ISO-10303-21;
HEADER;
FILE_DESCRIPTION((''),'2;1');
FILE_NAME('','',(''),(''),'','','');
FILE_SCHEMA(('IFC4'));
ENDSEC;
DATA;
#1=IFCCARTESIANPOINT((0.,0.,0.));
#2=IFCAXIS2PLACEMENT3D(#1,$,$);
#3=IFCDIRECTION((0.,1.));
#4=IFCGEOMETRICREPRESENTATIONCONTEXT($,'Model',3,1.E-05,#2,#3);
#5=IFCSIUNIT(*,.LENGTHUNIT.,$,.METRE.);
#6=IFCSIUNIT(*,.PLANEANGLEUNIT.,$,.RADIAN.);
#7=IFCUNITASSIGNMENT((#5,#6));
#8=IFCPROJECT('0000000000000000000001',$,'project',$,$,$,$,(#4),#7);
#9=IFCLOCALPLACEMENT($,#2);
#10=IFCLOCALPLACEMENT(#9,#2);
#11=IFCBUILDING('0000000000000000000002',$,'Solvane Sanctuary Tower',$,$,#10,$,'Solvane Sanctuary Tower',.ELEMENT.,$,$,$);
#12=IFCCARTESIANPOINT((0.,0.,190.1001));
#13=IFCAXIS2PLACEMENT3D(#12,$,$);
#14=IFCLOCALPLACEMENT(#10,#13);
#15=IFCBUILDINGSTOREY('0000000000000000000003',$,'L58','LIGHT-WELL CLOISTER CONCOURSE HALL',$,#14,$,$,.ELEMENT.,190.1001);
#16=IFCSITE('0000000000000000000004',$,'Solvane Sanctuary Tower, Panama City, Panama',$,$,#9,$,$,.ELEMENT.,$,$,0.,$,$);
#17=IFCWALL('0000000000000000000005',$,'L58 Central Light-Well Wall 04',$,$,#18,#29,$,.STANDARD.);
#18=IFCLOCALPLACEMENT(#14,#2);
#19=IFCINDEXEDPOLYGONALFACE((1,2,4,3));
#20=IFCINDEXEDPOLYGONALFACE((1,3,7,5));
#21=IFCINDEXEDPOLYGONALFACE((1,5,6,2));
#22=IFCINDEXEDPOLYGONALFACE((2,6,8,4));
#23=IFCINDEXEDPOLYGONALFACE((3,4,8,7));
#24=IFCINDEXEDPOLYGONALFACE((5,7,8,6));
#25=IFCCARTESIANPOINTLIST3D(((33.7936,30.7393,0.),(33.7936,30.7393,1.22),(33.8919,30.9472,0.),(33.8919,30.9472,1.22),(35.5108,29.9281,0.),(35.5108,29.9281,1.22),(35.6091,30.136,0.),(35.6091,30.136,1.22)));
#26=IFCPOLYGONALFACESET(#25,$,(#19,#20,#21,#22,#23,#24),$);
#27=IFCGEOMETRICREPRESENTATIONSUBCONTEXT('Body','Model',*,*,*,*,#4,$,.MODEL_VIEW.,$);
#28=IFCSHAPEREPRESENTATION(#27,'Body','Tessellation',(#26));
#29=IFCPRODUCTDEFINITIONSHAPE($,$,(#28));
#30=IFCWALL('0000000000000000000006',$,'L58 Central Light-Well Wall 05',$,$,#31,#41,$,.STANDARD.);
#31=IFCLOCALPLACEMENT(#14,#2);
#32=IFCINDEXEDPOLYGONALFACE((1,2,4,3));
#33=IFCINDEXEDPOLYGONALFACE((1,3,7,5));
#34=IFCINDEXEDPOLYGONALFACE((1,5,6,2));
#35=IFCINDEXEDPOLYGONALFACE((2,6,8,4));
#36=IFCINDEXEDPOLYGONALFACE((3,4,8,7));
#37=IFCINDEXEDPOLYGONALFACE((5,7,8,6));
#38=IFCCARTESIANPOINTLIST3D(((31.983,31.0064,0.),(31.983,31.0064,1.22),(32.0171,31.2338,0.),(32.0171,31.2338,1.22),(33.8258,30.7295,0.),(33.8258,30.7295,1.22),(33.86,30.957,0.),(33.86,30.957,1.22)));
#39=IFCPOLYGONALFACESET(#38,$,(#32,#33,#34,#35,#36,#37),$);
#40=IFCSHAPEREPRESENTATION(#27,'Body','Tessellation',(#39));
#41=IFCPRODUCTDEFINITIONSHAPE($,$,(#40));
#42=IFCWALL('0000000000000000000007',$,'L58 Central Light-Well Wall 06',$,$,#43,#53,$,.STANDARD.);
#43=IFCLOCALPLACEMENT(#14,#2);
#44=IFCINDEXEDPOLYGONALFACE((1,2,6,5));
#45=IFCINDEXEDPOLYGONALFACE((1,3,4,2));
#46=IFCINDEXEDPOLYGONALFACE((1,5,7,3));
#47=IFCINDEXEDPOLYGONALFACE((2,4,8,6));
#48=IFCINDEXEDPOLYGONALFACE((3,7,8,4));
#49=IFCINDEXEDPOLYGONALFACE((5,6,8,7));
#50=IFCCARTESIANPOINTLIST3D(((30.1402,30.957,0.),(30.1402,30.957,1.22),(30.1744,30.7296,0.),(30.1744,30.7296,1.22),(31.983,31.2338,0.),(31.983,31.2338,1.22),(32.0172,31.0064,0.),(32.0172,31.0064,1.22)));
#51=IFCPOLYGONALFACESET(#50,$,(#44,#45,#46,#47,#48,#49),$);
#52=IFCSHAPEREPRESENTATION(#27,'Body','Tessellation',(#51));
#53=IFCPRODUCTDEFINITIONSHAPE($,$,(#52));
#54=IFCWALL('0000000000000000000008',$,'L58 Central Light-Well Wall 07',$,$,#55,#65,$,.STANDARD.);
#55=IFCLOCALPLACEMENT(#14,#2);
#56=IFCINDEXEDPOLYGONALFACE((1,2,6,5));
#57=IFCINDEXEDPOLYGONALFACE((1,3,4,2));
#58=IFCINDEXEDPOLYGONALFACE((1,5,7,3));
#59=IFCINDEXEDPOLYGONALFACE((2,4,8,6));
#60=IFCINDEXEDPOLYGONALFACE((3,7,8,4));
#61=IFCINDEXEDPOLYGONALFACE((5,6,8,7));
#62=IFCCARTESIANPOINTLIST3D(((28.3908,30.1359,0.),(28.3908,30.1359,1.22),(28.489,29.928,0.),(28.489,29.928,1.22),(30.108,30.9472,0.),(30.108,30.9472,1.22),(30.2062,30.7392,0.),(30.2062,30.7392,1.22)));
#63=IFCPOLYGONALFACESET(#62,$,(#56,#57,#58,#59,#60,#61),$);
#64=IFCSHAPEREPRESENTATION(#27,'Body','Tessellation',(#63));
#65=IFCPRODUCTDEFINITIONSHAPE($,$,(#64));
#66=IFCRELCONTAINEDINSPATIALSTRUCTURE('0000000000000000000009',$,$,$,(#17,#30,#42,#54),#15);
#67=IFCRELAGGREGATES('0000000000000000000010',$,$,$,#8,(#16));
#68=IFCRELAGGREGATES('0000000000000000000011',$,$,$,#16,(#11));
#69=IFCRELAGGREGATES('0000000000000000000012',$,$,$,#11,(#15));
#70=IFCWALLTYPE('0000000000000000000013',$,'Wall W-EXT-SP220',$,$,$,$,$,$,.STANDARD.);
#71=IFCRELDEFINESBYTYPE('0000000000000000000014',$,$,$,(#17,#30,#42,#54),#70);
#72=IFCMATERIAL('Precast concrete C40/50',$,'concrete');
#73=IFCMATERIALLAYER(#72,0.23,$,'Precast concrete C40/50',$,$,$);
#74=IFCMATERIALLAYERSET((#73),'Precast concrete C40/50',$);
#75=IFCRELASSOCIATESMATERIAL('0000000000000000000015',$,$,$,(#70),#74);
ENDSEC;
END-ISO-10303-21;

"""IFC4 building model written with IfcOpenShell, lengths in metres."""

from ifc_helpers import new_model, si_unit, direction, frame, frame_2d, origin, place, context, subcontext, project, spatial, rectangle, extrude, material, layer, layer_set, type_object, element, save


model = new_model("IFC4")

# Units and contexts
model_context = context("Model", 3, precision=1e-05, world=origin(), true_north=direction((0.0, 1.0)))
body_context = subcontext(model_context, "Body", "Model", "MODEL_VIEW")
ifc_project = project(units=[si_unit("LENGTHUNIT", "METRE"), si_unit("PLANEANGLEUNIT", "RADIAN")], contexts=[model_context])

# Site, building, storey
site_placement = place(None, origin())
site = spatial("IfcSite", under=ifc_project, at=site_placement, Name="Solvane Sanctuary Tower, Panama City, Panama", CompositionType="ELEMENT", RefElevation=0.0)
building_placement = place(site_placement, origin())
building = spatial("IfcBuilding", under=site, at=building_placement, Name="Solvane Sanctuary Tower", LongName="Solvane Sanctuary Tower", CompositionType="ELEMENT")
storey_placement = place(building_placement, frame((0.0, 0.0, 190.1001)))
storey = spatial("IfcBuildingStorey", under=building, at=storey_placement, Name="L58", Description="LIGHT-WELL CLOISTER CONCOURSE HALL", CompositionType="ELEMENT", Elevation=190.1001)

# Walls
ifc_material_1 = material(Name="Precast concrete C40/50", Category="concrete")
ifc_layer = layer(ifc_material_1, 0.23, Name="Precast concrete C40/50")
ifc_layer_set = layer_set([ifc_layer], Name="Precast concrete C40/50")
wall_type = type_object("IfcWallType", Name="Wall W-EXT-SP220", PredefinedType="STANDARD", material=ifc_layer_set)
wall_1_placement = place(storey_placement, frame((35.5601, 30.032, 0.0), z_axis=(0.0, 0.0, 1.0), x_axis=(-0.90418, 0.427152, 0.0)))
element("IfcWall", 1, at=wall_1_placement, inside=storey, type_object=wall_type, Name="L58 Central Light-Well Wall 04", PredefinedType="STANDARD", context=body_context, shape_type="SweptSolid", body=[
    extrude(rectangle(XDim=1.8992, YDim=0.23, at=frame_2d((0.9497, 0.0))), origin(), (0.0, 0.0, 1.0), 1.22),
])
for number, where, z_axis, x_axis, name in (
    (2, (33.8428, 30.8433, 0.0), (0.0, 0.0, 1.0), (-0.988902, 0.148571, 0.0), "L58 Central Light-Well Wall 05"),
    (3, (32.0, 31.1201, 0.0), (0.0, 0.0, 1.0), (-0.988902, -0.148571, 0.0), "L58 Central Light-Well Wall 06"),
):
    element("IfcWall", number, at=place(storey_placement, frame(where, z_axis=z_axis, x_axis=x_axis)), inside=storey, type_object=wall_type, Name=name, PredefinedType="STANDARD", context=body_context, shape_type="SweptSolid", body=[
        extrude(rectangle(XDim=1.8635, YDim=0.23, at=frame_2d((0.9316, 0.0))), origin(), (0.0, 0.0, 1.0), 1.22),
    ])
wall_2_placement = place(storey_placement, frame((30.1572, 30.8433, 0.0), z_axis=(0.0, 0.0, 1.0), x_axis=(-0.90418, -0.427152, 0.0)))
element("IfcWall", 4, at=wall_2_placement, inside=storey, type_object=wall_type, Name="L58 Central Light-Well Wall 07", PredefinedType="STANDARD", context=body_context, shape_type="SweptSolid", body=[
    extrude(rectangle(XDim=1.8992, YDim=0.23, at=frame_2d((0.9497, 0.0))), origin(), (0.0, 0.0, 1.0), 1.22),
])

save(model, "model.ifc")
